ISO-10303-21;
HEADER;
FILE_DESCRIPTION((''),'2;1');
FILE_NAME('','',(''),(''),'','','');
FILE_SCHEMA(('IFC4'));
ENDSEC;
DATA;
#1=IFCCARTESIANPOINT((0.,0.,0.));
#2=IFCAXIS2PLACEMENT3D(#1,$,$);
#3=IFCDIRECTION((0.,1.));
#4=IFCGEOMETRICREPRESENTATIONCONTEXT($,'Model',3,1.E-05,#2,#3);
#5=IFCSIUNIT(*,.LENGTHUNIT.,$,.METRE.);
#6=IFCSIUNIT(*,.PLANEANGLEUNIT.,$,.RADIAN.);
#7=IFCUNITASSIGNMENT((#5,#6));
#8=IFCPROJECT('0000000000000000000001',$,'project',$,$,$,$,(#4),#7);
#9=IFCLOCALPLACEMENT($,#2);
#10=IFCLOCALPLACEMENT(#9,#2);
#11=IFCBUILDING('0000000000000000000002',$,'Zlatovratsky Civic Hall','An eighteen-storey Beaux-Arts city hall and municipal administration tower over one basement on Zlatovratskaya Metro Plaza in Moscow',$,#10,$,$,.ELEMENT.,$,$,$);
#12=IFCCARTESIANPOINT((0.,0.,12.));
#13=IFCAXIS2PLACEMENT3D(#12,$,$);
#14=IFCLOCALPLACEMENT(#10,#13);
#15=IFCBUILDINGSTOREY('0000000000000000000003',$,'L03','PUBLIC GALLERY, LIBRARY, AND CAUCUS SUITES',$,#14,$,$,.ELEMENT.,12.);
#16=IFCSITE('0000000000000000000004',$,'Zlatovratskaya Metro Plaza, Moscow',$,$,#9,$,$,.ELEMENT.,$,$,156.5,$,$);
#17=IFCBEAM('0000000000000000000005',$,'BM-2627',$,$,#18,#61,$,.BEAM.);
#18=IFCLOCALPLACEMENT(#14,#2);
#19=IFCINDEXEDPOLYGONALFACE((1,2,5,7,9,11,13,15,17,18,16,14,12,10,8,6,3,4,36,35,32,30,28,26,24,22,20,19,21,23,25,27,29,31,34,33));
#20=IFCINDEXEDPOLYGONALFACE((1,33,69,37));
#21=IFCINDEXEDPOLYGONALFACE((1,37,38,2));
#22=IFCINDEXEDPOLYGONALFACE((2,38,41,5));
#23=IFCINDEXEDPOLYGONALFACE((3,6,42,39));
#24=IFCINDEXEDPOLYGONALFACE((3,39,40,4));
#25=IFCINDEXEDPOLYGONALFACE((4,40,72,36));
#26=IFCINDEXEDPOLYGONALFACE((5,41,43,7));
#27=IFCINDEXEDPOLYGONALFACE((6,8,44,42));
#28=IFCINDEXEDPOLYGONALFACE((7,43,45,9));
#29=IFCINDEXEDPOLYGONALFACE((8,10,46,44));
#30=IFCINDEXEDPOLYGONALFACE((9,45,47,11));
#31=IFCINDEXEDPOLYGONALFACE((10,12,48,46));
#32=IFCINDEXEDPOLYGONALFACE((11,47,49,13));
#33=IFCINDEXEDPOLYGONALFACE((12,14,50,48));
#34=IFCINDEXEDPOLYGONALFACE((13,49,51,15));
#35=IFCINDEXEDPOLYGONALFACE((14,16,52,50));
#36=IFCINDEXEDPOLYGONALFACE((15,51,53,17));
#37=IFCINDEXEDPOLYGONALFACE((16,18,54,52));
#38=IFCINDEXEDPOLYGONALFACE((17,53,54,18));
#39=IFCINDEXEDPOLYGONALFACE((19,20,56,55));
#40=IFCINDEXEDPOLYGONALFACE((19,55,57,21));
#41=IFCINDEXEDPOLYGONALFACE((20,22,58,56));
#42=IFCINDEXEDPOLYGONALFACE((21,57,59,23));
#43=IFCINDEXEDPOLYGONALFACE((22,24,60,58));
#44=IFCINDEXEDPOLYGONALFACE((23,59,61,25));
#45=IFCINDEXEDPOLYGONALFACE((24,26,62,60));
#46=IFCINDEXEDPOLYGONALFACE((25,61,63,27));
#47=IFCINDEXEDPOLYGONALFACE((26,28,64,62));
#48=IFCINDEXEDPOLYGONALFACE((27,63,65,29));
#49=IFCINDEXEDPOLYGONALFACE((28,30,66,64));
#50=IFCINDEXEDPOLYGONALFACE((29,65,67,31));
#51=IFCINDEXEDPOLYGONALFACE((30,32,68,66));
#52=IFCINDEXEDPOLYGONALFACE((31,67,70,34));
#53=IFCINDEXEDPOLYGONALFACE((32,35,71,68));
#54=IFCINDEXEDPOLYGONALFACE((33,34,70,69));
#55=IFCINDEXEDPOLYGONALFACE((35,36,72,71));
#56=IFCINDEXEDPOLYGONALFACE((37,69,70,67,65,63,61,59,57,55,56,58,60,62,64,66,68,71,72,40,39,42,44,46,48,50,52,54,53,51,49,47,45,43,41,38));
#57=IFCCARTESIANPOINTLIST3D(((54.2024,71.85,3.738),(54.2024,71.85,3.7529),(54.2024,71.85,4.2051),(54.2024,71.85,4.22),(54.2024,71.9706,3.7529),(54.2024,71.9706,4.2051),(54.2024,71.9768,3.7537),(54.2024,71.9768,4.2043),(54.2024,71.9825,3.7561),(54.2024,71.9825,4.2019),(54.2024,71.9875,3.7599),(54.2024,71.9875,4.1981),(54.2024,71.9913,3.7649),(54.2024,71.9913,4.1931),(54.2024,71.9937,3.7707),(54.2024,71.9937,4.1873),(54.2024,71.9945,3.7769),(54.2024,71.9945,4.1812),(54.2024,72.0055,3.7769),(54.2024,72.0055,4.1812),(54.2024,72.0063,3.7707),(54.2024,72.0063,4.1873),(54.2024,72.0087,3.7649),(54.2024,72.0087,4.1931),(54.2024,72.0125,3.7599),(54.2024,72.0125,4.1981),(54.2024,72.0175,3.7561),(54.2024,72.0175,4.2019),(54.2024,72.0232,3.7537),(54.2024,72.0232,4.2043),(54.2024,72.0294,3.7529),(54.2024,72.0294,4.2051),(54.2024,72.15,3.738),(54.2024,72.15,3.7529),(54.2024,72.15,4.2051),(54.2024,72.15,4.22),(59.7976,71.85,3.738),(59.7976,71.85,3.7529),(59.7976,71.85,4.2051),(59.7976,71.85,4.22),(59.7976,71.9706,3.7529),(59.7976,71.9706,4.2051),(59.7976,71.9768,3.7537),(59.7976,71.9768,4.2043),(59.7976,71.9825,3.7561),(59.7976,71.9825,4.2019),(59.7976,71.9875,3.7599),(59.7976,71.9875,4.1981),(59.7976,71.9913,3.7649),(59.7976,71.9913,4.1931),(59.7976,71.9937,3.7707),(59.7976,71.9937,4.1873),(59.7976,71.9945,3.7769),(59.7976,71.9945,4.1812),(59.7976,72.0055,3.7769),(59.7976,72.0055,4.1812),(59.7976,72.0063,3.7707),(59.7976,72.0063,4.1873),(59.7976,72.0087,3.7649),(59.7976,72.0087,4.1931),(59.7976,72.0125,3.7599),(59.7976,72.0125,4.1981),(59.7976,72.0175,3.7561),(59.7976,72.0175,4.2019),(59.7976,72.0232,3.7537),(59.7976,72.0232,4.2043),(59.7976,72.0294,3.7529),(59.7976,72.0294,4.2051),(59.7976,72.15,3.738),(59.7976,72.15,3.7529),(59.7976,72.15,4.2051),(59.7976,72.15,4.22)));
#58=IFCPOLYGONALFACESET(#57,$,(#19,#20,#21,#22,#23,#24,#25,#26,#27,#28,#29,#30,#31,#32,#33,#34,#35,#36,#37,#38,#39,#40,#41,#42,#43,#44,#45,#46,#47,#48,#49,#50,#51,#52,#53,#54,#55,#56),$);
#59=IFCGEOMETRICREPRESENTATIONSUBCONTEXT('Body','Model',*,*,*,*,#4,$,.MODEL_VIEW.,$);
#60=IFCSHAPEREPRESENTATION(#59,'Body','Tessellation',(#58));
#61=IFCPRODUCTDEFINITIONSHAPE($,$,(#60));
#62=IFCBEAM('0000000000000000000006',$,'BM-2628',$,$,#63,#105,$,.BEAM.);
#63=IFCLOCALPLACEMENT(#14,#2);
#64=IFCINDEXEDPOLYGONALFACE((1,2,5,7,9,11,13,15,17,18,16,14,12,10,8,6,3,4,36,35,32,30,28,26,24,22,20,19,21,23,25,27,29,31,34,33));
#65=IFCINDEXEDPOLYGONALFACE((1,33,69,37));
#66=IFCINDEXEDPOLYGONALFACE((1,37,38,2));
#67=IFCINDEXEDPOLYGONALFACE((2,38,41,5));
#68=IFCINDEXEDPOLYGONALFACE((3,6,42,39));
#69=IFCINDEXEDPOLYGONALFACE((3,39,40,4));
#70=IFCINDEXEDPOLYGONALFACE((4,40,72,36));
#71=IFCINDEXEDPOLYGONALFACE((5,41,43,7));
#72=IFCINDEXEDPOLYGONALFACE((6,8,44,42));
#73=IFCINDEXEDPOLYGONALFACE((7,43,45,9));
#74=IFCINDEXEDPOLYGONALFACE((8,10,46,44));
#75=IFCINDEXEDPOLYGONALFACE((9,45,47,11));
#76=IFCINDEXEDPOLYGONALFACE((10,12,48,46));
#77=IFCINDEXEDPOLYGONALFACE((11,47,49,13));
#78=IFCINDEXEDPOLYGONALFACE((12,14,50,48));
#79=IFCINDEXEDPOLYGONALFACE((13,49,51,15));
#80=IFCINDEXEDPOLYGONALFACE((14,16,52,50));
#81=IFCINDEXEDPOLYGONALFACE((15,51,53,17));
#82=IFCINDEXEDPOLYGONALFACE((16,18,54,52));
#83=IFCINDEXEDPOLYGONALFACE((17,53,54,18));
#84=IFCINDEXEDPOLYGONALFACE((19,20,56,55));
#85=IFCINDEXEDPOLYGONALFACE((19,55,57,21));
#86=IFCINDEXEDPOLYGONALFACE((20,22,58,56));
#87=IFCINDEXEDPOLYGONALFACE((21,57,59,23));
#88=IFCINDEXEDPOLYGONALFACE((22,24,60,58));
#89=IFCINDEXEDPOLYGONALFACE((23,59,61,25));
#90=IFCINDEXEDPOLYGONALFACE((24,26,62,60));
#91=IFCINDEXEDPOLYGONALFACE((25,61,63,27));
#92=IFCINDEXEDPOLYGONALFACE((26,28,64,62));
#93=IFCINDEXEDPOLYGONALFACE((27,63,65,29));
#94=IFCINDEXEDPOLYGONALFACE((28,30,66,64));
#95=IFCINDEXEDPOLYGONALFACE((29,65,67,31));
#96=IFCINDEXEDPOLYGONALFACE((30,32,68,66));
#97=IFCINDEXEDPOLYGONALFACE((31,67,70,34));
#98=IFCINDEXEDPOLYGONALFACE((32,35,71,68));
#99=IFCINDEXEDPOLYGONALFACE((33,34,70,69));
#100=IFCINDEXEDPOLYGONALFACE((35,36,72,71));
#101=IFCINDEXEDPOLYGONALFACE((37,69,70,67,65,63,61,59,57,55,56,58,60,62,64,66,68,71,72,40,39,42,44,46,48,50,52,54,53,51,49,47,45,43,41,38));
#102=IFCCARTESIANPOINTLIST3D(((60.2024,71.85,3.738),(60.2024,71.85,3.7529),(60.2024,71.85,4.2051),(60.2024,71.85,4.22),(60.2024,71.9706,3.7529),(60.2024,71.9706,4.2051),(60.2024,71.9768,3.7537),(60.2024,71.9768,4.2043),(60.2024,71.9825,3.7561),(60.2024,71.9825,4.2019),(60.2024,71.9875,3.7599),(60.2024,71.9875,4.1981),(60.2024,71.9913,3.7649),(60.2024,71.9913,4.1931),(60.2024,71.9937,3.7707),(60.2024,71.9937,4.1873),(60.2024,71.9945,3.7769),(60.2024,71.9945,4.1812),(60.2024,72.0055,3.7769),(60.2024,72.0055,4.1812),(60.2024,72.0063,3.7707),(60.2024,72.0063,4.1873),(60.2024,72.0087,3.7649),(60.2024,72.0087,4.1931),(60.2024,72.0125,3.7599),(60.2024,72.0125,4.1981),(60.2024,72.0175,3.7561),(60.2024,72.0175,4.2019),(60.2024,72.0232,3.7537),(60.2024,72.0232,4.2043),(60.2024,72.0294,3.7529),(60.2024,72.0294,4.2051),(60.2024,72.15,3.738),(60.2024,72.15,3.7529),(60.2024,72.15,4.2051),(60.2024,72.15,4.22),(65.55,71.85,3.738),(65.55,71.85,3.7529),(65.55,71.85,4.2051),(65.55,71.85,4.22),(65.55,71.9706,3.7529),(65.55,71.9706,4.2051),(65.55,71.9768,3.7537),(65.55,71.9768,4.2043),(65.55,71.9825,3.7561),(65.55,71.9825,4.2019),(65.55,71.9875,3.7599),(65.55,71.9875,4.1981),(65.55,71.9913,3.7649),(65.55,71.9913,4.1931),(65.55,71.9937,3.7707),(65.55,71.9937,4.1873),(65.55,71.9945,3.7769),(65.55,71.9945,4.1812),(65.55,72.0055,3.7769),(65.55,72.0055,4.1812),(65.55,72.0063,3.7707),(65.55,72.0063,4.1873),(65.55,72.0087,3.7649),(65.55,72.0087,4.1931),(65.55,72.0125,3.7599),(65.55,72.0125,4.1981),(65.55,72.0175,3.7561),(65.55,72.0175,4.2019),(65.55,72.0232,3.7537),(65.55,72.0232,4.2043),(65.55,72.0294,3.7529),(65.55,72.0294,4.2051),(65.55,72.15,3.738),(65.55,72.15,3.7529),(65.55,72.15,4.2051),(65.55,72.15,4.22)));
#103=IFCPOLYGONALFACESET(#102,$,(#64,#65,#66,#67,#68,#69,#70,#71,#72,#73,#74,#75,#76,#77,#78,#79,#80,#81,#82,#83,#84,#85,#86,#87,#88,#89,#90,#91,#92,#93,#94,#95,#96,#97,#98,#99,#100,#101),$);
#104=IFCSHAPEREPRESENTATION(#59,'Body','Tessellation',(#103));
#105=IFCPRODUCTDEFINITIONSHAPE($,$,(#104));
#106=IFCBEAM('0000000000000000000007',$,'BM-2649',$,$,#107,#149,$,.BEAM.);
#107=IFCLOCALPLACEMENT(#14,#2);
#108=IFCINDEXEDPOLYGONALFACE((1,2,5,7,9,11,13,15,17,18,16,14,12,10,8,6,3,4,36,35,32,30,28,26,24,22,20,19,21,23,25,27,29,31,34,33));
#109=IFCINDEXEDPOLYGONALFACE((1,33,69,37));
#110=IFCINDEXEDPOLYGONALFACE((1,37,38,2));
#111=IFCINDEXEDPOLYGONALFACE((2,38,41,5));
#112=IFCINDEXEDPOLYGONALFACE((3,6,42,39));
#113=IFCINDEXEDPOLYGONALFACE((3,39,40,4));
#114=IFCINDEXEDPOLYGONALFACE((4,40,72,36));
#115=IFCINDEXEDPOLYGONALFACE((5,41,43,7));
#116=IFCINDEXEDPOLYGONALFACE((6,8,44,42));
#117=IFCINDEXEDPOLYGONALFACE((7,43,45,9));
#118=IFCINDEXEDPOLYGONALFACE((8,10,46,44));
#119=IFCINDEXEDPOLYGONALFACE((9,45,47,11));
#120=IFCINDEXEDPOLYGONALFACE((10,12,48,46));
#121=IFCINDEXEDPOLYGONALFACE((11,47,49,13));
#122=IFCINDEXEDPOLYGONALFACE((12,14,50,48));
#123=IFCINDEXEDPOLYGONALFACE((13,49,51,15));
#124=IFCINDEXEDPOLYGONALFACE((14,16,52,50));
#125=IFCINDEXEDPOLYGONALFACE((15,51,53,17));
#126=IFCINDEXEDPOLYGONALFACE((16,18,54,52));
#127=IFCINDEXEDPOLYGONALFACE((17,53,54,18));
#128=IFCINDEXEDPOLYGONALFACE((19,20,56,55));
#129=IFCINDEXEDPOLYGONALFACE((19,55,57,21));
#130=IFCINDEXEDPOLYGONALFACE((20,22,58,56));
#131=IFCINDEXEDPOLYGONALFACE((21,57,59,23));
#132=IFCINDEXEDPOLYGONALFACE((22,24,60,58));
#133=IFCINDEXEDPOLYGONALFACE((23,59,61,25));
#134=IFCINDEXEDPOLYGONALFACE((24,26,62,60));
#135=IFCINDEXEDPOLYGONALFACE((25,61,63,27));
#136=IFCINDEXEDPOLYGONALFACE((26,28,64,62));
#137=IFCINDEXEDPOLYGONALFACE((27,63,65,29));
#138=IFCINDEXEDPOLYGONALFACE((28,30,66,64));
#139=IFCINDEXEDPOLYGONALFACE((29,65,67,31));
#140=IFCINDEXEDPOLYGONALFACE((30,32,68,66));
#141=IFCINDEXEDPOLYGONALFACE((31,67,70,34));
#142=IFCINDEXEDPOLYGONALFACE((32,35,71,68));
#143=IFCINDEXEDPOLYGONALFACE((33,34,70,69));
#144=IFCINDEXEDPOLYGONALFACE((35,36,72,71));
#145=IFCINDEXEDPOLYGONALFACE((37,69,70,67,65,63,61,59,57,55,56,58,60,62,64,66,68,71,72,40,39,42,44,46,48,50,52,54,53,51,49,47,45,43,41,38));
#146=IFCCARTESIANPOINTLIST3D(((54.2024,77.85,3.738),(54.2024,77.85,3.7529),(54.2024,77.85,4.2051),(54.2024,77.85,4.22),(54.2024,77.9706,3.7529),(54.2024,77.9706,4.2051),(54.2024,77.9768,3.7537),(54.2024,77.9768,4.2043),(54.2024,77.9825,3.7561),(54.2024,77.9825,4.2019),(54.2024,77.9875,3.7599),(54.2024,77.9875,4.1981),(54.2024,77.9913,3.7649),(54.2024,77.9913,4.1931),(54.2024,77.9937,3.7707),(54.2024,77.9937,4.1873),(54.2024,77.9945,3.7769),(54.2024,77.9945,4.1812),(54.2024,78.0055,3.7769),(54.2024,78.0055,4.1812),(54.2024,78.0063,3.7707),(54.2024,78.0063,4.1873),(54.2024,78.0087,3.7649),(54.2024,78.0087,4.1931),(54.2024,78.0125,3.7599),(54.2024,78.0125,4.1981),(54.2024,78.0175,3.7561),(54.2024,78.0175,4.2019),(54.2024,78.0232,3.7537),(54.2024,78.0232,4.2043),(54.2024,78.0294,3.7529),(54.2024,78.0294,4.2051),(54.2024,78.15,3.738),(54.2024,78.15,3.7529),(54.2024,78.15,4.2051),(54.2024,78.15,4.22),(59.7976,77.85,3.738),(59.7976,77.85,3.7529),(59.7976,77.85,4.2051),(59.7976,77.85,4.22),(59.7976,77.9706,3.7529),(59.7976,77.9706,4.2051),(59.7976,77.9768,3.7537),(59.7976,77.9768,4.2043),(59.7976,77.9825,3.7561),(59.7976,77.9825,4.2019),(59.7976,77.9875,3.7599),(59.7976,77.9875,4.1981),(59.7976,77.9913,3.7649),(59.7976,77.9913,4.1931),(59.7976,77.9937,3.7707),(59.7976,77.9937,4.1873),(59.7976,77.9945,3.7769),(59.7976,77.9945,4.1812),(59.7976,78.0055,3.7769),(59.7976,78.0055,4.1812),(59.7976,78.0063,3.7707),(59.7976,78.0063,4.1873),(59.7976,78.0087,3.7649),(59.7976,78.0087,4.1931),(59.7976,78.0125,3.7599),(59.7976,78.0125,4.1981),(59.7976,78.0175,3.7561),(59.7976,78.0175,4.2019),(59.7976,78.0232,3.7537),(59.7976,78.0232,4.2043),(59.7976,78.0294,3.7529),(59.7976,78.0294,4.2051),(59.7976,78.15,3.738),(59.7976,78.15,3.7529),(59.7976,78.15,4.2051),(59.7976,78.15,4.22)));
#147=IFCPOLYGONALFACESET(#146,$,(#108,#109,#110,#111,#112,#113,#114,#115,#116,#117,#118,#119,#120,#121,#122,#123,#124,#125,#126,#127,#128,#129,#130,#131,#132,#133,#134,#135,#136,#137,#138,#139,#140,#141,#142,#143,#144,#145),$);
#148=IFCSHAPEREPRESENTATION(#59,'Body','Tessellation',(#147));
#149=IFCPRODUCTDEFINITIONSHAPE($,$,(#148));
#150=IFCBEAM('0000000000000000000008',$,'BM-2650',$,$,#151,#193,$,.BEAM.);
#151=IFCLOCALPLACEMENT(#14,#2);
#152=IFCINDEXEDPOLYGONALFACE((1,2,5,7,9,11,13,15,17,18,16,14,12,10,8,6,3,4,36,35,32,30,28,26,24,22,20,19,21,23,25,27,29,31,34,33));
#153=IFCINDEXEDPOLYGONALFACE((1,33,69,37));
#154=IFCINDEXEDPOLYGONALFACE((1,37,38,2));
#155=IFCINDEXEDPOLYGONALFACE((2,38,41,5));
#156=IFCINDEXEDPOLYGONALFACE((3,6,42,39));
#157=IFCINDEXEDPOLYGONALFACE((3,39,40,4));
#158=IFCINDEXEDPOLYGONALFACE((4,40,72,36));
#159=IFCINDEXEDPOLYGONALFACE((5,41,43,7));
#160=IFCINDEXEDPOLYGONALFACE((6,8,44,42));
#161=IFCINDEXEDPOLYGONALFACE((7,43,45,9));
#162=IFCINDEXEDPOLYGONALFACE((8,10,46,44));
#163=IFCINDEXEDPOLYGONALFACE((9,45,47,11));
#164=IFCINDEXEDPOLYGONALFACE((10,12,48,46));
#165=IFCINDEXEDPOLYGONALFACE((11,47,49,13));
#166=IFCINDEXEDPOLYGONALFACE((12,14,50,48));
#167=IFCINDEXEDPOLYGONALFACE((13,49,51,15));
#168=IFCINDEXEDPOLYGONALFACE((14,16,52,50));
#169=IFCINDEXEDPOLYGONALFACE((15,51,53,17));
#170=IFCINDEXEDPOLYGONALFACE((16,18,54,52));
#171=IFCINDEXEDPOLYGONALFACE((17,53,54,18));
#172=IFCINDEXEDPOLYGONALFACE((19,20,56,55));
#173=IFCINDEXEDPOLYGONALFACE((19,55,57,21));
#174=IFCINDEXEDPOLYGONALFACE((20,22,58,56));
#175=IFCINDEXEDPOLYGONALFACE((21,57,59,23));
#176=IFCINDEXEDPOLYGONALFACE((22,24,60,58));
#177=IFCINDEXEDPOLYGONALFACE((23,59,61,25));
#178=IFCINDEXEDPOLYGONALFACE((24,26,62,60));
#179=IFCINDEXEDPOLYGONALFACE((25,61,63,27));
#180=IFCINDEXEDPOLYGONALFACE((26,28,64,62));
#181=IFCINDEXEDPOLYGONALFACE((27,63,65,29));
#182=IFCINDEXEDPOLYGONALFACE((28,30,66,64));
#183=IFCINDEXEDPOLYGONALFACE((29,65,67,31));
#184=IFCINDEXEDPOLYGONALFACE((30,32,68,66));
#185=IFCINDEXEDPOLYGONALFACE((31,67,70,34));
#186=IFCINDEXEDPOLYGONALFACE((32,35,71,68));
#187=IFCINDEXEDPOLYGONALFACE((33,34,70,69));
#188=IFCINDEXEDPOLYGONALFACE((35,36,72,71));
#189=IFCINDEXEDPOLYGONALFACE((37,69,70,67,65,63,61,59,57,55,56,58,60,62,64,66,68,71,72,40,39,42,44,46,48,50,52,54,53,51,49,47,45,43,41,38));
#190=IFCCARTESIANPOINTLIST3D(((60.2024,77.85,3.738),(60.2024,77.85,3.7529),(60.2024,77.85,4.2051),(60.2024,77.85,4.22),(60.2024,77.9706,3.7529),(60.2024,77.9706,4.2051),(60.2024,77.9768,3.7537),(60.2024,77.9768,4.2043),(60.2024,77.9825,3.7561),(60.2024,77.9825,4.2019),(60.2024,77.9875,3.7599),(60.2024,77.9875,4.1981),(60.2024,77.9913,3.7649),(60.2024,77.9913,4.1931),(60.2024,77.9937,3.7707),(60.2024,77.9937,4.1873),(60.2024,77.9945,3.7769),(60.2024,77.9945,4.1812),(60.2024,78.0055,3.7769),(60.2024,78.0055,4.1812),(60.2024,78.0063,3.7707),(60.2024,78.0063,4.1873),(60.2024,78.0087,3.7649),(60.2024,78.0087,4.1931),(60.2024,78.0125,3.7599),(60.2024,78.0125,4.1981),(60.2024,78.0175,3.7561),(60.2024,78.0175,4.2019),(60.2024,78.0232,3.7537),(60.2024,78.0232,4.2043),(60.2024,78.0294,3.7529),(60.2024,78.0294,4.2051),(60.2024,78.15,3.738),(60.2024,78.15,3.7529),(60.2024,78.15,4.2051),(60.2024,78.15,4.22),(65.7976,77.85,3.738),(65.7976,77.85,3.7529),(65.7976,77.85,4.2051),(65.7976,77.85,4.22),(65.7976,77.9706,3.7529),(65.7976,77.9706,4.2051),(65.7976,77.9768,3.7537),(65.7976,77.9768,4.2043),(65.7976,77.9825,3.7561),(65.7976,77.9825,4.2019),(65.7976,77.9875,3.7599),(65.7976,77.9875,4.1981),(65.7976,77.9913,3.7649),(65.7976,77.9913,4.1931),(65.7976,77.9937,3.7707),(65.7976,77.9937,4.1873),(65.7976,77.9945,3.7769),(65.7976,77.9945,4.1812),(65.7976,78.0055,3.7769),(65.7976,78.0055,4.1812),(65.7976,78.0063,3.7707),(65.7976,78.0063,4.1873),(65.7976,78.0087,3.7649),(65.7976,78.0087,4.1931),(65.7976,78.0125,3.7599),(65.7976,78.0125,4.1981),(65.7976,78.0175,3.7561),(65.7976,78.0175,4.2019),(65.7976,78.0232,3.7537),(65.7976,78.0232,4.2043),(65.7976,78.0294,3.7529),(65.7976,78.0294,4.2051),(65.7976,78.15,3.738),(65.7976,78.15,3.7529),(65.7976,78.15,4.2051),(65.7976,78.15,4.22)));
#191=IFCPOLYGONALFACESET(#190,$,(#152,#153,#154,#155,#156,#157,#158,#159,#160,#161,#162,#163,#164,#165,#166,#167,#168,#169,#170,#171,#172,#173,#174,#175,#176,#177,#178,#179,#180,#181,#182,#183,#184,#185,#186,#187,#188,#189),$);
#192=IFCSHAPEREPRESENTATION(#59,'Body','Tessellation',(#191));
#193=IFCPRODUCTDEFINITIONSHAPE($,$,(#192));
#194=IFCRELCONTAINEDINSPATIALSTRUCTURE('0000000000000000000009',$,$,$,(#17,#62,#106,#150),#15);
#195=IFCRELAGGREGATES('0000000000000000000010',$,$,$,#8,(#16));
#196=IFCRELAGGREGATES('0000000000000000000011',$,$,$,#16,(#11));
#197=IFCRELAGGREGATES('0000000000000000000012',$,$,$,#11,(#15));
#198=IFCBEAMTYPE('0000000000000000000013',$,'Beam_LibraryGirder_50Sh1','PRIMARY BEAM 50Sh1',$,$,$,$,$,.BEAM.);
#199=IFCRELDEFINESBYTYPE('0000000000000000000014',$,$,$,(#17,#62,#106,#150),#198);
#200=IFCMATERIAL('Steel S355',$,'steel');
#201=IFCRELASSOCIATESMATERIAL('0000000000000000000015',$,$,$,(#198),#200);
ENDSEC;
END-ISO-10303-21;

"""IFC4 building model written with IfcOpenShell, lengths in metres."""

from ifc_helpers import new_model, si_unit, direction, frame, origin, origin_2d, place, context, subcontext, project, spatial, i_section, extrude, material, material_profile, profile_set, type_object, element, save


model = new_model("IFC4")

# Units and contexts
model_context = context("Model", 3, precision=1e-05, world=origin(), true_north=direction((0.0, 1.0)))
body_context = subcontext(model_context, "Body", "Model", "MODEL_VIEW")
ifc_project = project(units=[si_unit("LENGTHUNIT", "METRE"), si_unit("PLANEANGLEUNIT", "RADIAN")], contexts=[model_context])

# Site, building, storey
site_placement = place(None, origin())
site = spatial("IfcSite", under=ifc_project, at=site_placement, Name="Zlatovratskaya Metro Plaza, Moscow", CompositionType="ELEMENT", RefElevation=156.5)
building_placement = place(site_placement, origin())
building = spatial("IfcBuilding", under=site, at=building_placement, Name="Zlatovratsky Civic Hall", Description="An eighteen-storey Beaux-Arts city hall and municipal administration tower over one basement on Zlatovratskaya Metro Plaza in Moscow", CompositionType="ELEMENT")
storey_placement = place(building_placement, frame((0.0, 0.0, 12.0)))
storey = spatial("IfcBuildingStorey", under=building, at=storey_placement, Name="L03", Description="PUBLIC GALLERY, LIBRARY, AND CAUCUS SUITES", CompositionType="ELEMENT", Elevation=12.0)

# Shared definitions
ifc_material_1 = material(Name="Steel S355", Category="steel")

# Beams
ifc_material_profile_1 = material_profile(ifc_material_1, i_section(OverallWidth=0.3, OverallDepth=0.4819, WebThickness=0.011, FlangeThickness=0.0149, FilletRadius=0.0239, at=origin_2d()), Name="50Sh1")
ifc_profile_set_1 = profile_set([ifc_material_profile_1], Name="Steel S355")
beam_type = type_object("IfcBeamType", Name="Beam_LibraryGirder_50Sh1", Description="PRIMARY BEAM 50Sh1", PredefinedType="BEAM", material=ifc_profile_set_1)
beam_1_placement = place(storey_placement, frame((54.2024, 72.0, 3.979), z_axis=(1.0, 0.0, 0.0), x_axis=(0.0, 1.0, 0.0)))
element("IfcBeam", 1, at=beam_1_placement, inside=storey, type_object=beam_type, Name="BM-2627", PredefinedType="BEAM", context=body_context, shape_type="SweptSolid", body=[
    extrude(i_section(OverallWidth=0.3, OverallDepth=0.4819, WebThickness=0.011, FlangeThickness=0.0149, FilletRadius=0.0239, at=origin_2d()), origin(), (0.0, 0.0, 1.0), 5.5952),
])
beam_2_placement = place(storey_placement, frame((60.2024, 72.0, 3.979), z_axis=(1.0, 0.0, 0.0), x_axis=(0.0, 1.0, 0.0)))
element("IfcBeam", 2, at=beam_2_placement, inside=storey, type_object=beam_type, Name="BM-2628", PredefinedType="BEAM", context=body_context, shape_type="SweptSolid", body=[
    extrude(i_section(OverallWidth=0.3, OverallDepth=0.4819, WebThickness=0.011, FlangeThickness=0.0149, FilletRadius=0.0239, at=origin_2d()), origin(), (0.0, 0.0, 1.0), 5.3477),
])
for number, where, z_axis, x_axis, name in (
    (3, (54.2024, 78.0, 3.979), (1.0, 0.0, 0.0), (0.0, 1.0, 0.0), "BM-2649"),
    (4, (60.2024, 78.0, 3.979), (1.0, 0.0, 0.0), (0.0, 1.0, 0.0), "BM-2650"),
):
    element("IfcBeam", number, at=place(storey_placement, frame(where, z_axis=z_axis, x_axis=x_axis)), inside=storey, type_object=beam_type, Name=name, PredefinedType="BEAM", context=body_context, shape_type="SweptSolid", body=[
        extrude(i_section(OverallWidth=0.3, OverallDepth=0.4819, WebThickness=0.011, FlangeThickness=0.0149, FilletRadius=0.0239, at=origin_2d()), origin(), (0.0, 0.0, 1.0), 5.5952),
    ])

save(model, "model.ifc")
